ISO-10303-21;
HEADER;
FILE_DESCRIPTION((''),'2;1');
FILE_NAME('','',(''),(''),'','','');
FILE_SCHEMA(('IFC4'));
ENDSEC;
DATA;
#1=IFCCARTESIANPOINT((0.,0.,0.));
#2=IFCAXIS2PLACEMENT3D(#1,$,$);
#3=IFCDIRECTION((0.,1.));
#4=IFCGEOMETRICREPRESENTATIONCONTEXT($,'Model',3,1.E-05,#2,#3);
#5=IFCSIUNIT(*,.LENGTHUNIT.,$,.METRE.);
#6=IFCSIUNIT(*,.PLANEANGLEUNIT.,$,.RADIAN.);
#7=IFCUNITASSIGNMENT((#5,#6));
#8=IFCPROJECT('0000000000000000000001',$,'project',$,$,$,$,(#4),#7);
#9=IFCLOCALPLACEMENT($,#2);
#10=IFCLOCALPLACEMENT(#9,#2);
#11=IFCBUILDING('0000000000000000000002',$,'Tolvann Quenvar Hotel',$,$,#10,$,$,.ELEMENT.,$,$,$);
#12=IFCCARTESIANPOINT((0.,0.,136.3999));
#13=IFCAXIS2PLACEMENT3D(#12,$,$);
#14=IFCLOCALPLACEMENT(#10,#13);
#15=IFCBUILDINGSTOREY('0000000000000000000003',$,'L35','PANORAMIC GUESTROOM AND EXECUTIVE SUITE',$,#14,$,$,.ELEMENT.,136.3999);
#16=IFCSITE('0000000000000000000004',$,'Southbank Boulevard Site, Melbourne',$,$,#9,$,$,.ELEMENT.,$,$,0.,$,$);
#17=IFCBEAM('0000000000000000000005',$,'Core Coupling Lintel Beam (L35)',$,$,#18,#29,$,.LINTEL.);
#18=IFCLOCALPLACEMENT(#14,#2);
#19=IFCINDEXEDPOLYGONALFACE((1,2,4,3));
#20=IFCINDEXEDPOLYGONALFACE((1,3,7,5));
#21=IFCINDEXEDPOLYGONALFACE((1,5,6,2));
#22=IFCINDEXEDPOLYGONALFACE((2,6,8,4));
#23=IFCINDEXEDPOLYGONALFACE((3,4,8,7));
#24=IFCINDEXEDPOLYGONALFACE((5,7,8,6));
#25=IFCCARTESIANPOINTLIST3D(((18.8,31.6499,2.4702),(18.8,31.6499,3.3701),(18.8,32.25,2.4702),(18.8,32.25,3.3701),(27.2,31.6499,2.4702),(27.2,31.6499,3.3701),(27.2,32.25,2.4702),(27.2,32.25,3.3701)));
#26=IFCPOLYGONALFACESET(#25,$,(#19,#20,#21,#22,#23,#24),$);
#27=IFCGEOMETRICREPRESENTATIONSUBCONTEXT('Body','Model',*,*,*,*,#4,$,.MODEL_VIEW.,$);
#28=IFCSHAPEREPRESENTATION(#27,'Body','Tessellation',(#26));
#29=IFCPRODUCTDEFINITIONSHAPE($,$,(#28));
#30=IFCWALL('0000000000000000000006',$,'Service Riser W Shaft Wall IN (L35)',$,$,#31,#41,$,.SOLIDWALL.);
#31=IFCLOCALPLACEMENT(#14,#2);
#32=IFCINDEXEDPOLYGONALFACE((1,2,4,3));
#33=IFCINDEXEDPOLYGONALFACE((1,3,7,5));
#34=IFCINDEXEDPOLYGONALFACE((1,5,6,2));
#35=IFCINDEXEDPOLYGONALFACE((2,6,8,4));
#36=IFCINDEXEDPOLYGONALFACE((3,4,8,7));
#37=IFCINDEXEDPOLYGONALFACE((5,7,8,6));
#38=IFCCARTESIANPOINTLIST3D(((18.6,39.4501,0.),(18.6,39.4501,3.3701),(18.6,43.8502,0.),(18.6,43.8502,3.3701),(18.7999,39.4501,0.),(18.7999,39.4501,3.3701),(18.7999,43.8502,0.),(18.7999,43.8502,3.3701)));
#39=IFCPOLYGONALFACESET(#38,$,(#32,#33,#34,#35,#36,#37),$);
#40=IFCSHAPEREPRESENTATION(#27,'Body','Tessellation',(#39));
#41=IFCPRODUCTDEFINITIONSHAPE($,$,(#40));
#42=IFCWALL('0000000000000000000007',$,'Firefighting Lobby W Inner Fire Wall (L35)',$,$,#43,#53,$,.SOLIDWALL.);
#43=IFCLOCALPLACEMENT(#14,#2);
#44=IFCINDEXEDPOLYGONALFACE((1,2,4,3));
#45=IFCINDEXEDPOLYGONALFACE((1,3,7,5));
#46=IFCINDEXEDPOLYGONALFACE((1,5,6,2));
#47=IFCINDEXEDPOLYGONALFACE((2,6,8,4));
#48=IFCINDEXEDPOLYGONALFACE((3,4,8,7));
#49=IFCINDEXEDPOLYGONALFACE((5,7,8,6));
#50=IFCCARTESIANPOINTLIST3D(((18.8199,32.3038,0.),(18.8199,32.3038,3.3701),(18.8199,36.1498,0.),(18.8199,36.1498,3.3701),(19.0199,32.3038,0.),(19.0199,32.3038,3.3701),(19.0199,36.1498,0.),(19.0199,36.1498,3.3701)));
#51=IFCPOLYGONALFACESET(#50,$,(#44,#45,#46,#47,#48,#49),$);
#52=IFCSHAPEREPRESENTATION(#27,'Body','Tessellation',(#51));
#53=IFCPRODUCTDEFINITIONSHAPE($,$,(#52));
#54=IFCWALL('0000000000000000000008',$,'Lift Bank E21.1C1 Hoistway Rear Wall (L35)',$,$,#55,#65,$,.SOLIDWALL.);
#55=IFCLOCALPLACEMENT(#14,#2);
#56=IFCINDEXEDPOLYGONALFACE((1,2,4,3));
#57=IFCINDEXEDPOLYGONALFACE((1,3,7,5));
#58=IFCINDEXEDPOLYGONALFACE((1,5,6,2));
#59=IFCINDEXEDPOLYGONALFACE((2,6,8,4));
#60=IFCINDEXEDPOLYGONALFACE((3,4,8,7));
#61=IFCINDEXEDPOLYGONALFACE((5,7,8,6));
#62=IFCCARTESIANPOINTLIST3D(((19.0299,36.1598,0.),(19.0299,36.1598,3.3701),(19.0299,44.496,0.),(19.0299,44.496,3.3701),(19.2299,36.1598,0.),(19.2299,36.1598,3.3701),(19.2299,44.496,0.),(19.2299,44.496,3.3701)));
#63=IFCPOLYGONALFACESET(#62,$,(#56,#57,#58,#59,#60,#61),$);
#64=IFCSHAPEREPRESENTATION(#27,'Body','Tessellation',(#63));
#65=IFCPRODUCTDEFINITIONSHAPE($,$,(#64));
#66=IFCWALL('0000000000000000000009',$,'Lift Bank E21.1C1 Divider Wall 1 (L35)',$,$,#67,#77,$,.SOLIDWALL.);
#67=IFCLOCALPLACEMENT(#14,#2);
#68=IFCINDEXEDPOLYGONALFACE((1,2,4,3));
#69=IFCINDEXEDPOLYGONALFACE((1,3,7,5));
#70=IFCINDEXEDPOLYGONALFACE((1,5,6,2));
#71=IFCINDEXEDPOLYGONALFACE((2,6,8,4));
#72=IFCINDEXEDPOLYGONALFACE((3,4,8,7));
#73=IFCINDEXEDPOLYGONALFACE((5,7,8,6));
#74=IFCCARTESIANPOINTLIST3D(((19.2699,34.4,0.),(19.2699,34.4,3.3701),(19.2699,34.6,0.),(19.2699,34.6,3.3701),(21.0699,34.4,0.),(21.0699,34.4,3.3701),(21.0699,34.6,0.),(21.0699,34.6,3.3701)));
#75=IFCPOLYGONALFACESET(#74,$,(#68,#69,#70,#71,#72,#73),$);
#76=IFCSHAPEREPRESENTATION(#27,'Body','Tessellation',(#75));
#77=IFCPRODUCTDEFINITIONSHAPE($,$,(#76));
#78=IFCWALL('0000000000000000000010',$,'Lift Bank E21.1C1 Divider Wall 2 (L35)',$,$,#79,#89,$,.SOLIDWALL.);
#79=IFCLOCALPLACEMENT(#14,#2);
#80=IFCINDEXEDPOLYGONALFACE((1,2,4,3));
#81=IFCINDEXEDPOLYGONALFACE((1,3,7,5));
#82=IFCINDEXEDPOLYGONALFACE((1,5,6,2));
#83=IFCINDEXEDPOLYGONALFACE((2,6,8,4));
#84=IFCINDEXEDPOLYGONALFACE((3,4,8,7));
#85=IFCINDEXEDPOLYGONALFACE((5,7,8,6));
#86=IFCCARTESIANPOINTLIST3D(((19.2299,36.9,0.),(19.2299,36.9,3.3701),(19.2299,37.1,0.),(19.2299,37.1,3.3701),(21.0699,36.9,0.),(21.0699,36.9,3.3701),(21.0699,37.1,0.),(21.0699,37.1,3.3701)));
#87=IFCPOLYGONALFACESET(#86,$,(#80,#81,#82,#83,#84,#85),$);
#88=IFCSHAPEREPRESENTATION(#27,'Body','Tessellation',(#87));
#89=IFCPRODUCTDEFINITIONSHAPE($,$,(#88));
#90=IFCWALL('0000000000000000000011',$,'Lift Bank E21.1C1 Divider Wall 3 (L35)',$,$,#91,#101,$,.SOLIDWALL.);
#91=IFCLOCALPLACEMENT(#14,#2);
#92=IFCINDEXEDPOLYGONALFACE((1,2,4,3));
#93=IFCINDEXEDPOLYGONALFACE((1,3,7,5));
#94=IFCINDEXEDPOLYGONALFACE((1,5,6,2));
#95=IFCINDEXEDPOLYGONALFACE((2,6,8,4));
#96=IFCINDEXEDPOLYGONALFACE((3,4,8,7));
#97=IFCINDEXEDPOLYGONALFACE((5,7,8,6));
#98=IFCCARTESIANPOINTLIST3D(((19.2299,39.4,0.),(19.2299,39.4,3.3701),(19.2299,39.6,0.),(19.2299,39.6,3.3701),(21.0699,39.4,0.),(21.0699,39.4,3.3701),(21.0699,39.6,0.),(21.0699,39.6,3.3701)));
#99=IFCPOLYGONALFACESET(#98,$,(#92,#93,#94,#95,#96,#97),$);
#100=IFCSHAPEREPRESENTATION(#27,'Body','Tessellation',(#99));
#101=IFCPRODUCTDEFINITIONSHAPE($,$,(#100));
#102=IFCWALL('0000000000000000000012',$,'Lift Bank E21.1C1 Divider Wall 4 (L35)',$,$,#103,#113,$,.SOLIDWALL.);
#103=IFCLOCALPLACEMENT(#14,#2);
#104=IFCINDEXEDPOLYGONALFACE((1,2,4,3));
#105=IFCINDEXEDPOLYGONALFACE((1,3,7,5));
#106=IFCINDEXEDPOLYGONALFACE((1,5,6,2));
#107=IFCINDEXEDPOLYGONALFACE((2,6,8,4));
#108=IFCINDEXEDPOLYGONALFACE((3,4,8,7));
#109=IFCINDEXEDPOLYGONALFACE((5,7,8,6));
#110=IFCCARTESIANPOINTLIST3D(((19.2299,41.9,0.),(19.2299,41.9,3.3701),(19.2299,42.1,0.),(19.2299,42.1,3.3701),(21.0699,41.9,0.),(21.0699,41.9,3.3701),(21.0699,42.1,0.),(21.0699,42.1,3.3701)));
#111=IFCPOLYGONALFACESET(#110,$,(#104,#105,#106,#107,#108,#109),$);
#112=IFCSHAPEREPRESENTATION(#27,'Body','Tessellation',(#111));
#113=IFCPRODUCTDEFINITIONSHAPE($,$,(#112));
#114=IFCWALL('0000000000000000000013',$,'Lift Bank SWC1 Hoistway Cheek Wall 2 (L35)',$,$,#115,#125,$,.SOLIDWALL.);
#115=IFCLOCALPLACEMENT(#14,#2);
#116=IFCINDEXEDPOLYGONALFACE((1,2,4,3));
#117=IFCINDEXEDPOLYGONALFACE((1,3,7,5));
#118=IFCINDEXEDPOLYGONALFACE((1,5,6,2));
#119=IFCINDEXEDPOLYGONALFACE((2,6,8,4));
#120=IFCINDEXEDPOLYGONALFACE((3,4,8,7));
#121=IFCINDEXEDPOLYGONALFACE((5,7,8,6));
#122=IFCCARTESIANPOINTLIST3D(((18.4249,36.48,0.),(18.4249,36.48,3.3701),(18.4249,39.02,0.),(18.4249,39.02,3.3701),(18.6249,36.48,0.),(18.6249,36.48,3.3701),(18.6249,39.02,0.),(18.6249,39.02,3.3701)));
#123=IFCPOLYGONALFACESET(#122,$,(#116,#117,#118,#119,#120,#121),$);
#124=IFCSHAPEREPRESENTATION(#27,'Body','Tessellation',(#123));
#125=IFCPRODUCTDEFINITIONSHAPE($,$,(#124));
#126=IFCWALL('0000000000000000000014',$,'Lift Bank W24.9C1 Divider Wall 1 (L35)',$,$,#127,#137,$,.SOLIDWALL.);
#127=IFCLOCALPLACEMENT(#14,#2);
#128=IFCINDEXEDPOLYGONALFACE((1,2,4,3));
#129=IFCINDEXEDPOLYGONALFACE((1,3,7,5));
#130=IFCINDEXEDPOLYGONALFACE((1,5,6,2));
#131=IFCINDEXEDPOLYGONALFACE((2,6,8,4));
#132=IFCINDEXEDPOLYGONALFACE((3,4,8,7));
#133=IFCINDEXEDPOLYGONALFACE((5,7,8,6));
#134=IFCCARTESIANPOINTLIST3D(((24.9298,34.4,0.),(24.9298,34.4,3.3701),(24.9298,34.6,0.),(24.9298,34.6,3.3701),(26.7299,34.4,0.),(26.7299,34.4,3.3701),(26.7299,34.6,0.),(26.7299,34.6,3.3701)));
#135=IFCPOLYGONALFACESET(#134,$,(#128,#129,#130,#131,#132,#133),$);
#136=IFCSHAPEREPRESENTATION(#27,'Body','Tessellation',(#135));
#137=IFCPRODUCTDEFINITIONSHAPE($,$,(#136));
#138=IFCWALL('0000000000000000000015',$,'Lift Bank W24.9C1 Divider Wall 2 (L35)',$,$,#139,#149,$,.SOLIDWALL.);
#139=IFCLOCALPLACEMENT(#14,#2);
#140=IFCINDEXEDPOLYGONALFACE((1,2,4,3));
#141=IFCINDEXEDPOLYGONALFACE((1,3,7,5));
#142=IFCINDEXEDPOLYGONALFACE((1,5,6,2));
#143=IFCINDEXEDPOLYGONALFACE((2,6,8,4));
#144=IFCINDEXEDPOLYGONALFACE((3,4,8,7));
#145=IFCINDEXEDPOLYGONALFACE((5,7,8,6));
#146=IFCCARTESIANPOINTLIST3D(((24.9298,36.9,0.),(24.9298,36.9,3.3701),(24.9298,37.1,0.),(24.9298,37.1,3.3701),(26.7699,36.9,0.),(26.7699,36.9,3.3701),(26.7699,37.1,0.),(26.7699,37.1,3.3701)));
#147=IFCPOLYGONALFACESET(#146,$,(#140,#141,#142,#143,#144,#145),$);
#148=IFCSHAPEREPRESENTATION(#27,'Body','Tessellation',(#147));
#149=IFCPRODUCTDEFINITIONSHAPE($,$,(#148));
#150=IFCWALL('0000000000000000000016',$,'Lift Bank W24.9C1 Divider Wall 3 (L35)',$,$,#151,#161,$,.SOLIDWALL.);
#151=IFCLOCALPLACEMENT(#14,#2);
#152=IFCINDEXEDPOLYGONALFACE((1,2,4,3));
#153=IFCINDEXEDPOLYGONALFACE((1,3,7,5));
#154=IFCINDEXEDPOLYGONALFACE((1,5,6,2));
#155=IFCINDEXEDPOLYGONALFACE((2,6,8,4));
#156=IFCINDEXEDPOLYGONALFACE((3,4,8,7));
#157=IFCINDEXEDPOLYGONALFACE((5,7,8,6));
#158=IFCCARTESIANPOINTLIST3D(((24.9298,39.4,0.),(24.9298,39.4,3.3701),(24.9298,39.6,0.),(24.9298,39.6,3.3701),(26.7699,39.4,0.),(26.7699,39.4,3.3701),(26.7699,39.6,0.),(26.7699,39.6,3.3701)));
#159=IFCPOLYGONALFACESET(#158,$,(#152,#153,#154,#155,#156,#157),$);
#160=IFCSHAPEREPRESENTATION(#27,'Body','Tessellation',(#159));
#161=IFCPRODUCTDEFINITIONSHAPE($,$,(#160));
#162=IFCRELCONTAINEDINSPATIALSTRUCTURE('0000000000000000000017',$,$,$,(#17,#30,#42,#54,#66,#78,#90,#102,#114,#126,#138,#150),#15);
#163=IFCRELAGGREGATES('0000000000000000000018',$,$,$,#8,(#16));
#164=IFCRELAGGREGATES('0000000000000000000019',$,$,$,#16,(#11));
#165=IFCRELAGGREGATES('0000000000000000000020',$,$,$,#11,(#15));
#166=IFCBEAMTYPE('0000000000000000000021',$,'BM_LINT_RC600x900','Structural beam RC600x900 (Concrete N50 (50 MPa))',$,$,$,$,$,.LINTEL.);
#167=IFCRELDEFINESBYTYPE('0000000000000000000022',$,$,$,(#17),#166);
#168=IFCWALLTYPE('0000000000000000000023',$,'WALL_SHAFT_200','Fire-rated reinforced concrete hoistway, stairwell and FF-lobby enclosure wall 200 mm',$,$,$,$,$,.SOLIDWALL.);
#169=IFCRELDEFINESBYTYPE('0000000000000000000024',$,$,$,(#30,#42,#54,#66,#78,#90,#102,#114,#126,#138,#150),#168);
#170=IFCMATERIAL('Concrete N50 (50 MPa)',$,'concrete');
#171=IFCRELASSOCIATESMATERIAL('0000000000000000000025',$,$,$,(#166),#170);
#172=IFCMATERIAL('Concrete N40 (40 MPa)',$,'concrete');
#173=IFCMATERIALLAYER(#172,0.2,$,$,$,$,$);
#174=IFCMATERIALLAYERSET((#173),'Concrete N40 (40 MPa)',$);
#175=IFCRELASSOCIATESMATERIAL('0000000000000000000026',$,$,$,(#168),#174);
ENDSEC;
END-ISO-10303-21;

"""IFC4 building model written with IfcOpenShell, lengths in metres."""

from ifc_helpers import new_model, si_unit, direction, frame, frame_2d, origin, origin_2d, place, context, subcontext, project, spatial, rectangle, extrude, source, transform, mapped, material, layer, layer_set, material_profile, profile_set, type_object, type_shapes, element, save


model = new_model("IFC4")

# Units and contexts
model_context = context("Model", 3, precision=1e-05, world=origin(), true_north=direction((0.0, 1.0)))
body_context = subcontext(model_context, "Body", "Model", "MODEL_VIEW")
ifc_project = project(units=[si_unit("LENGTHUNIT", "METRE"), si_unit("PLANEANGLEUNIT", "RADIAN")], contexts=[model_context])

# Site, building, storey
site_placement = place(None, origin())
site = spatial("IfcSite", under=ifc_project, at=site_placement, Name="Southbank Boulevard Site, Melbourne", CompositionType="ELEMENT", RefElevation=0.0)
building_placement = place(site_placement, origin())
building = spatial("IfcBuilding", under=site, at=building_placement, Name="Tolvann Quenvar Hotel", CompositionType="ELEMENT")
storey_placement = place(building_placement, frame((0.0, 0.0, 136.3999)))
storey = spatial("IfcBuildingStorey", under=building, at=storey_placement, Name="L35", Description="PANORAMIC GUESTROOM AND EXECUTIVE SUITE", CompositionType="ELEMENT", Elevation=136.3999)

# Beam
ifc_material_1 = material(Name="Concrete N50 (50 MPa)", Category="concrete")
ifc_material_profile = material_profile(ifc_material_1, rectangle(XDim=0.6001, YDim=0.8999, at=origin_2d()), Name="RC600x900")
ifc_profile_set = profile_set([ifc_material_profile], Name="Concrete N50 (50 MPa)")
beam_type = type_object("IfcBeamType", Name="BM_LINT_RC600x900", Description="Structural beam RC600x900 (Concrete N50 (50 MPa))", PredefinedType="LINTEL", material=ifc_profile_set)
shared_shape_1 = source(origin(), body_context, "Body", "SweptSolid", [
    extrude(rectangle(XDim=0.6001, YDim=0.8999, at=origin_2d()), origin(), (0.0, 0.0, 1.0), 8.3999),
])
type_shapes(beam_type, [shared_shape_1])
beam_placement = place(storey_placement, frame((18.8, 31.95, 2.9202), z_axis=(1.0, 0.0, 0.0), x_axis=(0.0, 1.0, 0.0)))
element("IfcBeam", 1, at=beam_placement, inside=storey, type_object=beam_type, Name="Core Coupling Lintel Beam (L35)", PredefinedType="LINTEL", context=body_context, shape_type="MappedRepresentation", body=[
    mapped(shared_shape_1, transform((0.0, 0.0, 0.0), x_axis=(1.0, 0.0, 0.0), y_axis=(0.0, 1.0, 0.0), z_axis=(0.0, 0.0, 1.0), scale=1.0)),
])

# Walls
ifc_material_2 = material(Name="Concrete N40 (40 MPa)", Category="concrete")
ifc_layer = layer(ifc_material_2, 0.2)
ifc_layer_set = layer_set([ifc_layer], Name="Concrete N40 (40 MPa)")
wall_type = type_object("IfcWallType", Name="WALL_SHAFT_200", Description="Fire-rated reinforced concrete hoistway, stairwell and FF-lobby enclosure wall 200 mm", PredefinedType="SOLIDWALL", material=ifc_layer_set)
wall_1_placement = place(storey_placement, frame((18.7, 39.45, 0.0), z_axis=(0.0, 0.0, 1.0), x_axis=(0.0, 1.0, 0.0)))
element("IfcWall", 2, at=wall_1_placement, inside=storey, type_object=wall_type, Name="Service Riser W Shaft Wall IN (L35)", PredefinedType="SOLIDWALL", context=body_context, shape_type="SweptSolid", body=[
    extrude(rectangle(XDim=4.4001, YDim=0.2, at=frame_2d((2.2002, 0.0))), origin(), (0.0, 0.0, 1.0), 3.3701),
])
wall_2_placement = place(storey_placement, frame((18.9199, 32.304, 0.0), z_axis=(0.0, 0.0, 1.0), x_axis=(0.0, 1.0, 0.0)))
element("IfcWall", 3, at=wall_2_placement, inside=storey, type_object=wall_type, Name="Firefighting Lobby W Inner Fire Wall (L35)", PredefinedType="SOLIDWALL", context=body_context, shape_type="SweptSolid", body=[
    extrude(rectangle(XDim=3.8459, YDim=0.2, at=frame_2d((1.9229, 0.0))), origin(), (0.0, 0.0, 1.0), 3.3701),
])

# Walls
wall_3_placement = place(storey_placement, frame((19.1299, 36.1599, 0.0), z_axis=(0.0, 0.0, 1.0), x_axis=(0.0, 1.0, 0.0)))
element("IfcWall", 4, at=wall_3_placement, inside=storey, type_object=wall_type, Name="Lift Bank E21.1C1 Hoistway Rear Wall (L35)", PredefinedType="SOLIDWALL", context=body_context, shape_type="SweptSolid", body=[
    extrude(rectangle(XDim=8.3362, YDim=0.2, at=frame_2d((4.168, 0.0))), origin(), (0.0, 0.0, 1.0), 3.3701),
])
wall_4_placement = place(storey_placement, frame((19.27, 34.5, 0.0), z_axis=(0.0, 0.0, 1.0), x_axis=(1.0, 0.0, 0.0)))
element("IfcWall", 5, at=wall_4_placement, inside=storey, type_object=wall_type, Name="Lift Bank E21.1C1 Divider Wall 1 (L35)", PredefinedType="SOLIDWALL", context=body_context, shape_type="SweptSolid", body=[
    extrude(rectangle(XDim=1.8, YDim=0.2, at=frame_2d((0.8999, 0.0))), origin(), (0.0, 0.0, 1.0), 3.3701),
])
for number, where, z_axis, x_axis, name in (
    (6, (19.23, 37.0, 0.0), (0.0, 0.0, 1.0), (1.0, 0.0, 0.0), "Lift Bank E21.1C1 Divider Wall 2 (L35)"),
    (7, (19.23, 39.5, 0.0), (0.0, 0.0, 1.0), (1.0, 0.0, 0.0), "Lift Bank E21.1C1 Divider Wall 3 (L35)"),
    (8, (19.23, 42.0, 0.0), (0.0, 0.0, 1.0), (1.0, 0.0, 0.0), "Lift Bank E21.1C1 Divider Wall 4 (L35)"),
):
    element("IfcWall", number, at=place(storey_placement, frame(where, z_axis=z_axis, x_axis=x_axis)), inside=storey, type_object=wall_type, Name=name, PredefinedType="SOLIDWALL", context=body_context, shape_type="SweptSolid", body=[
        extrude(rectangle(XDim=1.8401, YDim=0.2, at=frame_2d((0.9199, 0.0))), origin(), (0.0, 0.0, 1.0), 3.3701),
    ])
wall_5_placement = place(storey_placement, frame((18.5249, 36.48, 0.0), z_axis=(0.0, 0.0, 1.0), x_axis=(0.0, 1.0, 0.0)))
element("IfcWall", 9, at=wall_5_placement, inside=storey, type_object=wall_type, Name="Lift Bank SWC1 Hoistway Cheek Wall 2 (L35)", PredefinedType="SOLIDWALL", context=body_context, shape_type="SweptSolid", body=[
    extrude(rectangle(XDim=2.54, YDim=0.2, at=frame_2d((1.27, 0.0))), origin(), (0.0, 0.0, 1.0), 3.3701),
])

# Walls
wall_6_placement = place(storey_placement, frame((24.9299, 34.5, 0.0), z_axis=(0.0, 0.0, 1.0), x_axis=(1.0, 0.0, 0.0)))
element("IfcWall", 10, at=wall_6_placement, inside=storey, type_object=wall_type, Name="Lift Bank W24.9C1 Divider Wall 1 (L35)", PredefinedType="SOLIDWALL", context=body_context, shape_type="SweptSolid", body=[
    extrude(rectangle(XDim=1.8, YDim=0.2, at=frame_2d((0.8999, 0.0))), origin(), (0.0, 0.0, 1.0), 3.3701),
])
for number, where, z_axis, x_axis, name in (
    (11, (24.9299, 37.0, 0.0), (0.0, 0.0, 1.0), (1.0, 0.0, 0.0), "Lift Bank W24.9C1 Divider Wall 2 (L35)"),
    (12, (24.9299, 39.5, 0.0), (0.0, 0.0, 1.0), (1.0, 0.0, 0.0), "Lift Bank W24.9C1 Divider Wall 3 (L35)"),
):
    element("IfcWall", number, at=place(storey_placement, frame(where, z_axis=z_axis, x_axis=x_axis)), inside=storey, type_object=wall_type, Name=name, PredefinedType="SOLIDWALL", context=body_context, shape_type="SweptSolid", body=[
        extrude(rectangle(XDim=1.8401, YDim=0.2, at=frame_2d((0.9199, 0.0))), origin(), (0.0, 0.0, 1.0), 3.3701),
    ])

save(model, "model.ifc")
